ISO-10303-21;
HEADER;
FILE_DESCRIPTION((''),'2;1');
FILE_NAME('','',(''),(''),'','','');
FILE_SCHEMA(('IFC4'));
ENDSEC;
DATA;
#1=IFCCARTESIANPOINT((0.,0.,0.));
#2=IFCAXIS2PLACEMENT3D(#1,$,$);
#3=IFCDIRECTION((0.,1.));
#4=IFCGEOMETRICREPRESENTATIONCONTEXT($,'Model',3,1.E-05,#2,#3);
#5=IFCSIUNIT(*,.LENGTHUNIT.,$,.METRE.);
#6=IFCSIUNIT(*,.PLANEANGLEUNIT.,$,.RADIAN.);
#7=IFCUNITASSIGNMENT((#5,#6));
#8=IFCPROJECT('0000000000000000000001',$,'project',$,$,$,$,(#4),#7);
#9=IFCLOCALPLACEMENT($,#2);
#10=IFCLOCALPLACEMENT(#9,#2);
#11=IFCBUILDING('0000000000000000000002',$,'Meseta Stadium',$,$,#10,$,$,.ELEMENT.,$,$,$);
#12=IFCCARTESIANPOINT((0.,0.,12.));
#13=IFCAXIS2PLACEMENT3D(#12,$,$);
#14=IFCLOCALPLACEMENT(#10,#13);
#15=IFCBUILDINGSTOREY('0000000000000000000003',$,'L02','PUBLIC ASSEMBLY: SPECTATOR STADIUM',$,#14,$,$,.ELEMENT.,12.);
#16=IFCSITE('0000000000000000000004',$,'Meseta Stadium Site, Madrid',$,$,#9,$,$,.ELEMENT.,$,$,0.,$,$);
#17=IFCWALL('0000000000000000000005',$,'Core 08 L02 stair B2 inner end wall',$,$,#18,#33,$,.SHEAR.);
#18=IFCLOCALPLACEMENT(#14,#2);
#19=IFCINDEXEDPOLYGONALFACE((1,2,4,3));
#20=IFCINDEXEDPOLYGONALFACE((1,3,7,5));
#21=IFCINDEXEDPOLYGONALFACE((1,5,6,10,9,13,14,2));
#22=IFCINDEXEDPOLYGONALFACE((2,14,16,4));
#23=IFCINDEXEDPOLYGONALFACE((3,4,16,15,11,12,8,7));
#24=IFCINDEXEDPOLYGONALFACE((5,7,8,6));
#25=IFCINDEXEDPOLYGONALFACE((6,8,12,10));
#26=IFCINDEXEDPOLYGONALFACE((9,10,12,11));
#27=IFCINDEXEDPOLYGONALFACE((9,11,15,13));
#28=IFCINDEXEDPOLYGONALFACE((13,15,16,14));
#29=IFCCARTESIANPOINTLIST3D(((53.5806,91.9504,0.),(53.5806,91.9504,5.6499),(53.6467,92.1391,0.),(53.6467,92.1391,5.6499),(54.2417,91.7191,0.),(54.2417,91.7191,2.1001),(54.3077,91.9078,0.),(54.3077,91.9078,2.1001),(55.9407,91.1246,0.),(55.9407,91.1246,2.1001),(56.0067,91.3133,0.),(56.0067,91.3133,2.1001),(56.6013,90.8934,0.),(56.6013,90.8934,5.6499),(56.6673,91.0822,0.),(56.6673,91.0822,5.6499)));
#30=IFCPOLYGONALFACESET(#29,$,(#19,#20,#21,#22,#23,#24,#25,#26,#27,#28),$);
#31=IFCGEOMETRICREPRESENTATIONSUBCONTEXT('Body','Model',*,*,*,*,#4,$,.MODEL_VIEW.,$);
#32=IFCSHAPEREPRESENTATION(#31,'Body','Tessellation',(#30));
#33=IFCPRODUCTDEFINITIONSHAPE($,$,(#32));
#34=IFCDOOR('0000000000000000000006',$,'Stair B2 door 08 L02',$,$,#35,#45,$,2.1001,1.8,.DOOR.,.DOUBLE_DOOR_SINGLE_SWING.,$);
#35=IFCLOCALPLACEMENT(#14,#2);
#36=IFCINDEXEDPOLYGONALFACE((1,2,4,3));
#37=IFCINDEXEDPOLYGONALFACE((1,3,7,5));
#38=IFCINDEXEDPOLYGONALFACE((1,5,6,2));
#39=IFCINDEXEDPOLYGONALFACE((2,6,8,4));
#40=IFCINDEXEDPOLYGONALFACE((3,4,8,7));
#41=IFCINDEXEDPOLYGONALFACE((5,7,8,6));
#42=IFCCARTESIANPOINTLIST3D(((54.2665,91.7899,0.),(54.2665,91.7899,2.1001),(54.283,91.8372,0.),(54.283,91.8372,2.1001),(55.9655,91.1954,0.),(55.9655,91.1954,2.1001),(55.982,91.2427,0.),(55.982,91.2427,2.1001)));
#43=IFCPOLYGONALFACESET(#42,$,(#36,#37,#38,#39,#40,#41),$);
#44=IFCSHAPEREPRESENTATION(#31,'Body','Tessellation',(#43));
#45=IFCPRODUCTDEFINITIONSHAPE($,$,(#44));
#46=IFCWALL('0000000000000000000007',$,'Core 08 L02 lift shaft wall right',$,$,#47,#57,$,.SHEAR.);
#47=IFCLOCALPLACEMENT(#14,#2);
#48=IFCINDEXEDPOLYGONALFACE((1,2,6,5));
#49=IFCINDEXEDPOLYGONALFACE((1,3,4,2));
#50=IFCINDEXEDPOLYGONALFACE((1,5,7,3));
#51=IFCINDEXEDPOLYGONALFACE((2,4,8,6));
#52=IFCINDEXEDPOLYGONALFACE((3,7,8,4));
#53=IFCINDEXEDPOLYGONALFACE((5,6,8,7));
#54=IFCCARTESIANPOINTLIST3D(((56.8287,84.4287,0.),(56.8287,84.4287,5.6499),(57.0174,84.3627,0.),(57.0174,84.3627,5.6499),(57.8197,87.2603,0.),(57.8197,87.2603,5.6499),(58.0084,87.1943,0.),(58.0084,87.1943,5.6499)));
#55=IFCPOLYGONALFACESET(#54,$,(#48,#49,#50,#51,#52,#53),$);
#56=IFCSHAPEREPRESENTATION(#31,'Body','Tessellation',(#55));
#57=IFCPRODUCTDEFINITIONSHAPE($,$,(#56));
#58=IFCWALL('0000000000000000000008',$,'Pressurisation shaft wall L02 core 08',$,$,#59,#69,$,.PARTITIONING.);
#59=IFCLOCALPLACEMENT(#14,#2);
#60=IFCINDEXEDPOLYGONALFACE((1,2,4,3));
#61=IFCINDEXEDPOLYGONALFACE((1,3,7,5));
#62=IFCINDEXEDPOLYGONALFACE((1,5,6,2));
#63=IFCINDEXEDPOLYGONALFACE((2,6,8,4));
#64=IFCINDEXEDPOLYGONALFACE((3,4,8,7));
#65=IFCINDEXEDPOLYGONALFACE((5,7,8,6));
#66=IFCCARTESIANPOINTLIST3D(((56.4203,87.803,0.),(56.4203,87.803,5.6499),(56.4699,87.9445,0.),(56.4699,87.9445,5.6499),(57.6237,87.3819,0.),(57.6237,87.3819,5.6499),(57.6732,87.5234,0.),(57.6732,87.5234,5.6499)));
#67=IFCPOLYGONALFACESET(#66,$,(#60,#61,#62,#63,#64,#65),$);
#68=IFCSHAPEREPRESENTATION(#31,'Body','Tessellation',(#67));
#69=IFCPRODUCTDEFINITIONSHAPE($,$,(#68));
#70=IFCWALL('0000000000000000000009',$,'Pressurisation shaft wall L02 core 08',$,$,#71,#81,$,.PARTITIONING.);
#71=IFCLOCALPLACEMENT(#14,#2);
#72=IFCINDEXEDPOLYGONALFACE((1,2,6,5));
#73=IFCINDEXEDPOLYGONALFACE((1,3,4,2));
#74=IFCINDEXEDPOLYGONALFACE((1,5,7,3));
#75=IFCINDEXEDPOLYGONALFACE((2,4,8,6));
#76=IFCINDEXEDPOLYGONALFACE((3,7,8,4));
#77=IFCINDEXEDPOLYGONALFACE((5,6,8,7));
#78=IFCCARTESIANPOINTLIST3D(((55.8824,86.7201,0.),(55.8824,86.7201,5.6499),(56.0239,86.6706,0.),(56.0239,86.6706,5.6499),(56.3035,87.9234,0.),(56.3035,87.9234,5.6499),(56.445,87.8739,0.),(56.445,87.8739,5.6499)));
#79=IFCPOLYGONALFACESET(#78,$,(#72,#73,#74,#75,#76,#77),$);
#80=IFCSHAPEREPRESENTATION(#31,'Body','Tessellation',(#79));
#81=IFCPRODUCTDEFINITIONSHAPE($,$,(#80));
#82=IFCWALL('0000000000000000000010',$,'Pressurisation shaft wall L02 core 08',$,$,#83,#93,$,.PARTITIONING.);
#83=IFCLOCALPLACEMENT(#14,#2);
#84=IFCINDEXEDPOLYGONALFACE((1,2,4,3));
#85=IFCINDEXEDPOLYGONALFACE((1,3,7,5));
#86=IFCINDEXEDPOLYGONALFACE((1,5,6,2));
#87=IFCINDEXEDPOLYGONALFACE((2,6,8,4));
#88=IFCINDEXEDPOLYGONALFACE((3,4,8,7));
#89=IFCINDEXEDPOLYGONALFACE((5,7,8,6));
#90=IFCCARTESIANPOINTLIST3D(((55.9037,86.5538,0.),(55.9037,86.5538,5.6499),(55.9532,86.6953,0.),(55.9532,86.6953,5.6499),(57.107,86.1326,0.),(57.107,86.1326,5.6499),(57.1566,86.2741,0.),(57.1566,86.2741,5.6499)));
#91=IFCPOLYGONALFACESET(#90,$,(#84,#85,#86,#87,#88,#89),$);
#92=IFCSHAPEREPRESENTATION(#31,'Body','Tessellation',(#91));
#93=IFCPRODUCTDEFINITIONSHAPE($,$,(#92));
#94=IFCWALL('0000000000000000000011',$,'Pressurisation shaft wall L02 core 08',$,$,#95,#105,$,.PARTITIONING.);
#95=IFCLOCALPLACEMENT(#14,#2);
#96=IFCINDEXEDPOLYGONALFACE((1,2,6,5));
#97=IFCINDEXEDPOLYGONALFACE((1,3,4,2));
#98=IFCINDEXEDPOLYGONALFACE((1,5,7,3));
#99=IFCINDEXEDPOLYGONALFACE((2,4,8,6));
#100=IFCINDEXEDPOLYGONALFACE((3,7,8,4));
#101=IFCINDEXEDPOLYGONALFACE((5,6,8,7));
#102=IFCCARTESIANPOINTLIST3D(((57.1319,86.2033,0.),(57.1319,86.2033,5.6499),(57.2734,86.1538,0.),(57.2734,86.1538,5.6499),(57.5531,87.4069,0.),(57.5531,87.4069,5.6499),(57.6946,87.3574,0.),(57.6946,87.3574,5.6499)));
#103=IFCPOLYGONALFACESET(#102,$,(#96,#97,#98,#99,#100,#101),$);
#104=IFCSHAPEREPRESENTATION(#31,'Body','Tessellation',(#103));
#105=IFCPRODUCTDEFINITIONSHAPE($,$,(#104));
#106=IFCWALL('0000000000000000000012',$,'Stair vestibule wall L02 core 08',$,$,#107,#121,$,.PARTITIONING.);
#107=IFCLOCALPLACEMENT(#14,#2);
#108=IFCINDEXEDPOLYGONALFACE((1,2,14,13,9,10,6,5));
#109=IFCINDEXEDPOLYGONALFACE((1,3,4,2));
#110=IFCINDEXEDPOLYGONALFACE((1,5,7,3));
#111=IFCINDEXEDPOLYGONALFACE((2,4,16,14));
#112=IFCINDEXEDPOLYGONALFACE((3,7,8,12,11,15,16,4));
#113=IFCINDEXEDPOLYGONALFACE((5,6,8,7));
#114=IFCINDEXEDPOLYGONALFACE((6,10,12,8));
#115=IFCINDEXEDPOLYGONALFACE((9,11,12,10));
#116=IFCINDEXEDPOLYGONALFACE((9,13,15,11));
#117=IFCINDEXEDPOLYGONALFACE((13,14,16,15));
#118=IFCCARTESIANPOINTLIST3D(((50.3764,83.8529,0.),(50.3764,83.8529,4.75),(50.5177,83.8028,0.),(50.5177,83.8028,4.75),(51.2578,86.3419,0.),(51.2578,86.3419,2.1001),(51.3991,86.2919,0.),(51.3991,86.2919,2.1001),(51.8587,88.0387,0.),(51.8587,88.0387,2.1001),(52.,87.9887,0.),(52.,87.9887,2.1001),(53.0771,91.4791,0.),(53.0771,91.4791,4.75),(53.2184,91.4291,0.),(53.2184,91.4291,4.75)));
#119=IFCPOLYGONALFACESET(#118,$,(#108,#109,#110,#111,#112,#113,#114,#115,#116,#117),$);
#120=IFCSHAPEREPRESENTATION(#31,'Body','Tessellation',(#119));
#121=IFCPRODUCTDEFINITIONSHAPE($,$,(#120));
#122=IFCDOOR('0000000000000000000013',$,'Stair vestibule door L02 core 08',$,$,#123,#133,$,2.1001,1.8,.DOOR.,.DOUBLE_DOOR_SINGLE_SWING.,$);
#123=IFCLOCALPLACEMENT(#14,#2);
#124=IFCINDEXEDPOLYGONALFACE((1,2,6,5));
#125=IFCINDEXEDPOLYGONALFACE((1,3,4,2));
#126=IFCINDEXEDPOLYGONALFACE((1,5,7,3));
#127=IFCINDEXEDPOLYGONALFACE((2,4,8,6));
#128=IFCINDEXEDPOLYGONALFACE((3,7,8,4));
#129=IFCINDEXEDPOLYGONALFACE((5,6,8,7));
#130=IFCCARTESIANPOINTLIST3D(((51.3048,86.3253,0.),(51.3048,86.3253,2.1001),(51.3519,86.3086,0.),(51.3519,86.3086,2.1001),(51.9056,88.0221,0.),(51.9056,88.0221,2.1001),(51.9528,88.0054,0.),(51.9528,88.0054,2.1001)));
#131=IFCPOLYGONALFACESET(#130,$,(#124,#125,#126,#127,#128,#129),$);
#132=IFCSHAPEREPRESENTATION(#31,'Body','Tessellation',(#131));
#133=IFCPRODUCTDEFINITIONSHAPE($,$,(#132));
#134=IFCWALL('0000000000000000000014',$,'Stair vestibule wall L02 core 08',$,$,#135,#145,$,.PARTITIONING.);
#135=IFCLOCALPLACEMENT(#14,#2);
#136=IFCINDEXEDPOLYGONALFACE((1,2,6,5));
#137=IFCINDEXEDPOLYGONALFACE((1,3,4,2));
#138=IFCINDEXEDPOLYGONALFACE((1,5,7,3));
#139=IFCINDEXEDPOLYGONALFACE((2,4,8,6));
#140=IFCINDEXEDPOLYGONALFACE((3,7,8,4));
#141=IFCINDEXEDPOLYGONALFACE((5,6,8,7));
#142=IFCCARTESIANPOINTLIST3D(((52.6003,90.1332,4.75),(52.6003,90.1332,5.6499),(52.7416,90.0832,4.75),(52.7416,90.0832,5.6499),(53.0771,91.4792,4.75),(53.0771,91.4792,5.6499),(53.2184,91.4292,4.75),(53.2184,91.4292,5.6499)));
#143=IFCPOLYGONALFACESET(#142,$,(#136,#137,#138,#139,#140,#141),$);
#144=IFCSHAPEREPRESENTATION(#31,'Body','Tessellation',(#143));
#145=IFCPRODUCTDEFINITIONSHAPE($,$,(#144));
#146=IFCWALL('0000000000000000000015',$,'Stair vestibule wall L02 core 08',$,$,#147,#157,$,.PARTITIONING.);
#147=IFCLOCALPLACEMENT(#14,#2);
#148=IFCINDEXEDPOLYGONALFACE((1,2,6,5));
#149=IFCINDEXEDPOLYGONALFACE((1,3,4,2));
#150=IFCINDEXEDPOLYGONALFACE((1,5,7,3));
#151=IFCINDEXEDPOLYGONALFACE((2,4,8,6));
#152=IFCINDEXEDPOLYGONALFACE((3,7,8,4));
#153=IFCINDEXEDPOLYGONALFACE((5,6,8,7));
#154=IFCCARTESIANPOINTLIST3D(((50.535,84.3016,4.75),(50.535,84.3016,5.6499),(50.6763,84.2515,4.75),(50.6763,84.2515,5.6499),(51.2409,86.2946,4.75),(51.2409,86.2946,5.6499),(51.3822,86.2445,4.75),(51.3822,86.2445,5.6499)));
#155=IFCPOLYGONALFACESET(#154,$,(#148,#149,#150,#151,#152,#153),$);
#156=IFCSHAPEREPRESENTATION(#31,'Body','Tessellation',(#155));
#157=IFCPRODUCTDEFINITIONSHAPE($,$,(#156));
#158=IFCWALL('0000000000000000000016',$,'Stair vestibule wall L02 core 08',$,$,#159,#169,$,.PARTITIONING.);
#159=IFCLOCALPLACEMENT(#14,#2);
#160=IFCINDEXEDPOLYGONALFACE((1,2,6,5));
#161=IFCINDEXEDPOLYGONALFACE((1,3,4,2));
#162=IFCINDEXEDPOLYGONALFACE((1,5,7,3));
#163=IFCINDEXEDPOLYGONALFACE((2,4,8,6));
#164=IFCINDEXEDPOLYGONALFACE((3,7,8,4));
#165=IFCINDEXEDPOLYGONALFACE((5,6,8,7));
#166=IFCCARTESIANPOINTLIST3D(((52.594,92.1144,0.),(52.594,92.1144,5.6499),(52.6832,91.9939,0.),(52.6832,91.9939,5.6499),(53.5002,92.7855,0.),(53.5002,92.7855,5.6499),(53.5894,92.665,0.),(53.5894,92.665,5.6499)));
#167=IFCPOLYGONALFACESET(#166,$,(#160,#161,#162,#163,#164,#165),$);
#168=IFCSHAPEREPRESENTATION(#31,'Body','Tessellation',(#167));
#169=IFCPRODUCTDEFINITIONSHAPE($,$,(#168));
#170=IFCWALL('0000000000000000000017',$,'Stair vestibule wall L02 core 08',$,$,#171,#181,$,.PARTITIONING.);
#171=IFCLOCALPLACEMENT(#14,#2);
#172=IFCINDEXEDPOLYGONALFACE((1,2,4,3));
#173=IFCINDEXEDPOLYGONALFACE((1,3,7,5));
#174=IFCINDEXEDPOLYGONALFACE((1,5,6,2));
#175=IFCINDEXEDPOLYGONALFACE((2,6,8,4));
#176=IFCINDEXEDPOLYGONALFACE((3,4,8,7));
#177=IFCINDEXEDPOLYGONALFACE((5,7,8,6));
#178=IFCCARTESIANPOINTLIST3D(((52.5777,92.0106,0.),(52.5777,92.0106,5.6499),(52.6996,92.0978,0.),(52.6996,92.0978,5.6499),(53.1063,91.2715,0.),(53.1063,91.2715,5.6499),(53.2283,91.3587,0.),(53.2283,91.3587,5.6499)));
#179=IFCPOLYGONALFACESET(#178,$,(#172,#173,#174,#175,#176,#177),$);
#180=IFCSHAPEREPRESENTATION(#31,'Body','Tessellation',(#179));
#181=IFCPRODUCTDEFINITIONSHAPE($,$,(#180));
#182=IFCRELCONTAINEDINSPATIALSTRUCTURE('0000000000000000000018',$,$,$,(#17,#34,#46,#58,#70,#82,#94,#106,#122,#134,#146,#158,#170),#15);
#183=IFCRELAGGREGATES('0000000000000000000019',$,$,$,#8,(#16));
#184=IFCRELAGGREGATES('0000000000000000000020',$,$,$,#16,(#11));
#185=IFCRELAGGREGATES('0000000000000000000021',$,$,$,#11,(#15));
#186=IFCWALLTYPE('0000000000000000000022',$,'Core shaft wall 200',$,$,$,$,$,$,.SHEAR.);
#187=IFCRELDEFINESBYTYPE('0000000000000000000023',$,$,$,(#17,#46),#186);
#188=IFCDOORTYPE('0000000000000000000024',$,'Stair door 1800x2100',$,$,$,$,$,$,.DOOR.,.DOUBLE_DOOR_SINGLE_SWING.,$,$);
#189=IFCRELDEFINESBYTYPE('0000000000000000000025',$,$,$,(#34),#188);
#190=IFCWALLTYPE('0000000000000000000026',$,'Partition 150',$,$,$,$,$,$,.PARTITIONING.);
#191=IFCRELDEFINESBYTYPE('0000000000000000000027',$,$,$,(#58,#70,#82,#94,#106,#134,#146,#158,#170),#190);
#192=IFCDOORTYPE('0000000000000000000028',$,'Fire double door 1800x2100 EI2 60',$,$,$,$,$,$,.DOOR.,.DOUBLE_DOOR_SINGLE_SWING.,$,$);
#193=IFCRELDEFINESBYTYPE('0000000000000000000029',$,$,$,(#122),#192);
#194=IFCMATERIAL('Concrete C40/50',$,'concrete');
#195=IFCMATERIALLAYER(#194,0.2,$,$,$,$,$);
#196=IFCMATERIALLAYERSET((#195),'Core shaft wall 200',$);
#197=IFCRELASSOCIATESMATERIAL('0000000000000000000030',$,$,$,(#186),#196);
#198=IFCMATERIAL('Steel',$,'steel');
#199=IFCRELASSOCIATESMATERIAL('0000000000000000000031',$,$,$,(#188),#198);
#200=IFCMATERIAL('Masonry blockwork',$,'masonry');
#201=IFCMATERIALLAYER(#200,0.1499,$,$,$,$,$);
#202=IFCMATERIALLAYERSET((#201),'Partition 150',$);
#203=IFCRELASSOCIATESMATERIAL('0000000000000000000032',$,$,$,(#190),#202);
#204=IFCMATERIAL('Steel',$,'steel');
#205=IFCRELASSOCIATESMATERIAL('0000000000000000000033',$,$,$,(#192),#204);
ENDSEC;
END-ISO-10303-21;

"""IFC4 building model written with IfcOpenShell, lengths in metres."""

from ifc_helpers import new_model, si_unit, direction, frame, frame_2d, origin, place, context, subcontext, project, spatial, rectangle, extrude, material, layer, layer_set, type_object, element, fill, save


model = new_model("IFC4")

# Units and contexts
model_context = context("Model", 3, precision=1e-05, world=origin(), true_north=direction((0.0, 1.0)))
body_context = subcontext(model_context, "Body", "Model", "MODEL_VIEW")
ifc_project = project(units=[si_unit("LENGTHUNIT", "METRE"), si_unit("PLANEANGLEUNIT", "RADIAN")], contexts=[model_context])

# Site, building, storey
site_placement = place(None, origin())
site = spatial("IfcSite", under=ifc_project, at=site_placement, Name="Meseta Stadium Site, Madrid", CompositionType="ELEMENT", RefElevation=0.0)
building_placement = place(site_placement, origin())
building = spatial("IfcBuilding", under=site, at=building_placement, Name="Meseta Stadium", CompositionType="ELEMENT")
storey_placement = place(building_placement, frame((0.0, 0.0, 12.0)))
storey = spatial("IfcBuildingStorey", under=building, at=storey_placement, Name="L02", Description="PUBLIC ASSEMBLY: SPECTATOR STADIUM", CompositionType="ELEMENT", Elevation=12.0)

# Wall, opening, door
ifc_material_1 = material(Name="Concrete C40/50", Category="concrete")
ifc_layer_1 = layer(ifc_material_1, 0.2)
ifc_layer_set_1 = layer_set([ifc_layer_1], Name="Core shaft wall 200")
wall_type_1 = type_object("IfcWallType", Name="Core shaft wall 200", PredefinedType="SHEAR", material=ifc_layer_set_1)
wall_1_placement = place(storey_placement, frame((56.6343, 90.9878, 0.0), z_axis=(0.0, 0.0, 1.0), x_axis=(-0.943887, 0.330269, 0.0)))
wall_1 = element("IfcWall", 1, at=wall_1_placement, inside=storey, type_object=wall_type_1, Name="Core 08 L02 stair B2 inner end wall", PredefinedType="SHEAR", context=body_context, shape_type="SweptSolid", body=[
    extrude(rectangle(XDim=3.2002, YDim=0.2, at=frame_2d((1.6001, 0.0))), origin(), (0.0, 0.0, 1.0), 5.6499),
])
opening_1_placement = place(wall_1_placement, frame((0.7, 0.0, 0.0)))
opening_1 = element("IfcOpeningElement", 2, at=opening_1_placement, cuts=wall_1, PredefinedType="OPENING", context=body_context, shape_type="SweptSolid", body=[
    extrude(rectangle(XDim=1.8, YDim=2.1001, at=frame_2d((0.8999, 1.05))), frame((0.0, 0.1099, 0.0), z_axis=(0.0, -1.0, 0.0), x_axis=(1.0, 0.0, 0.0)), (0.0, 0.0, 1.0), 0.22),
])
ifc_material_2 = material(Name="Steel", Category="steel")
door_type_1 = type_object("IfcDoorType", Name="Stair door 1800x2100", OperationType="DOUBLE_DOOR_SINGLE_SWING", PredefinedType="DOOR", material=ifc_material_2)
door_1_placement = place(opening_1_placement, origin())
door_1 = element("IfcDoor", 3, at=door_1_placement, inside=storey, type_object=door_type_1, Name="Stair B2 door 08 L02", OperationType="DOUBLE_DOOR_SINGLE_SWING", OverallHeight=2.1001, OverallWidth=1.8, PredefinedType="DOOR", context=body_context, shape_type="SweptSolid", body=[
    extrude(rectangle(XDim=1.8, YDim=2.1001, at=frame_2d((0.8999, 1.05))), frame((0.0, 0.0249, 0.0), z_axis=(0.0, -1.0, 0.0), x_axis=(1.0, 0.0, 0.0)), (0.0, 0.0, 1.0), 0.05),
])
fill(opening_1, door_1)

# Walls
wall_2_placement = place(storey_placement, frame((57.9141, 87.2273, 0.0), z_axis=(0.0, 0.0, 1.0), x_axis=(-0.330329, -0.943866, 0.0)))
element("IfcWall", 4, at=wall_2_placement, inside=storey, type_object=wall_type_1, Name="Core 08 L02 lift shaft wall right", PredefinedType="SHEAR", context=body_context, shape_type="SweptSolid", body=[
    extrude(rectangle(XDim=3.0, YDim=0.2, at=frame_2d((1.5, 0.0))), origin(), (0.0, 0.0, 1.0), 5.6499),
])
ifc_material_3 = material(Name="Masonry blockwork", Category="masonry")
ifc_layer_2 = layer(ifc_material_3, 0.1499)
ifc_layer_set_2 = layer_set([ifc_layer_2], Name="Partition 150")
wall_type_2 = type_object("IfcWallType", Name="Partition 150", PredefinedType="PARTITIONING", material=ifc_layer_set_2)
for number, where, z_axis, x_axis, name in (
    (5, (57.6484, 87.4526, 0.0), (0.0, 0.0, 1.0), (-0.943867, 0.330325, 0.0), "Pressurisation shaft wall L02 core 08"),
    (6, (56.3743, 87.8987, 0.0), (0.0, 0.0, 1.0), (-0.330325, -0.943867, 0.0), "Pressurisation shaft wall L02 core 08"),
    (7, (55.9285, 86.6245, 0.0), (0.0, 0.0, 1.0), (0.943867, -0.330325, 0.0), "Pressurisation shaft wall L02 core 08"),
):
    element("IfcWall", number, at=place(storey_placement, frame(where, z_axis=z_axis, x_axis=x_axis)), inside=storey, type_object=wall_type_2, Name=name, PredefinedType="PARTITIONING", context=body_context, shape_type="SweptSolid", body=[
        extrude(rectangle(XDim=1.2749, YDim=0.1499, at=frame_2d((0.6375, 0.0))), origin(), (0.0, 0.0, 1.0), 5.6499),
    ])
wall_3_placement = place(storey_placement, frame((57.2026, 86.1785, 0.0), z_axis=(0.0, 0.0, 1.0), x_axis=(0.330265, 0.943888, 0.0)))
element("IfcWall", 8, at=wall_3_placement, inside=storey, type_object=wall_type_2, Name="Pressurisation shaft wall L02 core 08", PredefinedType="PARTITIONING", context=body_context, shape_type="SweptSolid", body=[
    extrude(rectangle(XDim=1.2751, YDim=0.1499, at=frame_2d((0.6377, 0.0))), origin(), (0.0, 0.0, 1.0), 5.6499),
])

# Wall, opening, door
wall_4_placement = place(storey_placement, frame((53.1477, 91.4541, 0.0), z_axis=(0.0, 0.0, 1.0), x_axis=(-0.333818, -0.942638, 0.0)))
wall_4 = element("IfcWall", 9, at=wall_4_placement, inside=storey, type_object=wall_type_2, Name="Stair vestibule wall L02 core 08", PredefinedType="PARTITIONING", context=body_context, shape_type="SweptSolid", body=[
    extrude(rectangle(XDim=8.0903, YDim=0.1499, at=frame_2d((4.0452, 0.0))), origin(), (0.0, 0.0, 1.0), 4.75),
])
opening_2_placement = place(wall_4_placement, frame((3.6499, 0.0, 0.0)))
opening_2 = element("IfcOpeningElement", 10, at=opening_2_placement, cuts=wall_4, PredefinedType="OPENING", context=body_context, shape_type="SweptSolid", body=[
    extrude(rectangle(XDim=1.8, YDim=2.1001, at=frame_2d((0.8999, 1.05))), frame((0.0, 0.085, 0.0), z_axis=(0.0, -1.0, 0.0), x_axis=(1.0, 0.0, 0.0)), (0.0, 0.0, 1.0), 0.1699),
])
ifc_material_4 = material(Name="Steel", Category="steel")
door_type_2 = type_object("IfcDoorType", Name="Fire double door 1800x2100 EI2 60", OperationType="DOUBLE_DOOR_SINGLE_SWING", PredefinedType="DOOR", material=ifc_material_4)
door_2_placement = place(opening_2_placement, origin())
door_2 = element("IfcDoor", 11, at=door_2_placement, inside=storey, type_object=door_type_2, Name="Stair vestibule door L02 core 08", OperationType="DOUBLE_DOOR_SINGLE_SWING", OverallHeight=2.1001, OverallWidth=1.8, PredefinedType="DOOR", context=body_context, shape_type="SweptSolid", body=[
    extrude(rectangle(XDim=1.8, YDim=2.1001, at=frame_2d((0.8999, 1.05))), frame((0.0, 0.0249, 0.0), z_axis=(0.0, -1.0, 0.0), x_axis=(1.0, 0.0, 0.0)), (0.0, 0.0, 1.0), 0.05),
])
fill(opening_2, door_2)

# Walls
wall_5_placement = place(storey_placement, frame((53.1477, 91.4541, 4.75), z_axis=(0.0, 0.0, 1.0), x_axis=(-0.33392, -0.942601, 0.0)))
element("IfcWall", 12, at=wall_5_placement, inside=storey, type_object=wall_type_2, Name="Stair vestibule wall L02 core 08", PredefinedType="PARTITIONING", context=body_context, shape_type="SweptSolid", body=[
    extrude(rectangle(XDim=1.428, YDim=0.1499, at=frame_2d((0.7139, 0.0))), origin(), (0.0, 0.0, 1.0), 0.8999),
])
wall_6_placement = place(storey_placement, frame((51.3115, 86.2695, 4.75), z_axis=(0.0, 0.0, 1.0), x_axis=(-0.333841, -0.942629, 0.0)))
element("IfcWall", 13, at=wall_6_placement, inside=storey, type_object=wall_type_2, Name="Stair vestibule wall L02 core 08", PredefinedType="PARTITIONING", context=body_context, shape_type="SweptSolid", body=[
    extrude(rectangle(XDim=2.1143, YDim=0.1499, at=frame_2d((1.0571, 0.0))), origin(), (0.0, 0.0, 1.0), 0.8999),
])
wall_7_placement = place(storey_placement, frame((53.5449, 92.7253, 0.0), z_axis=(0.0, 0.0, 1.0), x_axis=(-0.803622, -0.59514, 0.0)))
element("IfcWall", 14, at=wall_7_placement, inside=storey, type_object=wall_type_2, Name="Stair vestibule wall L02 core 08", PredefinedType="PARTITIONING", context=body_context, shape_type="SweptSolid", body=[
    extrude(rectangle(XDim=1.1277, YDim=0.1499, at=frame_2d((0.564, 0.0))), origin(), (0.0, 0.0, 1.0), 5.6499),
])
wall_8_placement = place(storey_placement, frame((52.6387, 92.0542, 0.0), z_axis=(0.0, 0.0, 1.0), x_axis=(0.581746, -0.81337, 0.0)))
element("IfcWall", 15, at=wall_8_placement, inside=storey, type_object=wall_type_2, Name="Stair vestibule wall L02 core 08", PredefinedType="PARTITIONING", context=body_context, shape_type="SweptSolid", body=[
    extrude(rectangle(XDim=0.9087, YDim=0.1499, at=frame_2d((0.4543, 0.0))), origin(), (0.0, 0.0, 1.0), 5.6499),
])

save(model, "model.ifc")
